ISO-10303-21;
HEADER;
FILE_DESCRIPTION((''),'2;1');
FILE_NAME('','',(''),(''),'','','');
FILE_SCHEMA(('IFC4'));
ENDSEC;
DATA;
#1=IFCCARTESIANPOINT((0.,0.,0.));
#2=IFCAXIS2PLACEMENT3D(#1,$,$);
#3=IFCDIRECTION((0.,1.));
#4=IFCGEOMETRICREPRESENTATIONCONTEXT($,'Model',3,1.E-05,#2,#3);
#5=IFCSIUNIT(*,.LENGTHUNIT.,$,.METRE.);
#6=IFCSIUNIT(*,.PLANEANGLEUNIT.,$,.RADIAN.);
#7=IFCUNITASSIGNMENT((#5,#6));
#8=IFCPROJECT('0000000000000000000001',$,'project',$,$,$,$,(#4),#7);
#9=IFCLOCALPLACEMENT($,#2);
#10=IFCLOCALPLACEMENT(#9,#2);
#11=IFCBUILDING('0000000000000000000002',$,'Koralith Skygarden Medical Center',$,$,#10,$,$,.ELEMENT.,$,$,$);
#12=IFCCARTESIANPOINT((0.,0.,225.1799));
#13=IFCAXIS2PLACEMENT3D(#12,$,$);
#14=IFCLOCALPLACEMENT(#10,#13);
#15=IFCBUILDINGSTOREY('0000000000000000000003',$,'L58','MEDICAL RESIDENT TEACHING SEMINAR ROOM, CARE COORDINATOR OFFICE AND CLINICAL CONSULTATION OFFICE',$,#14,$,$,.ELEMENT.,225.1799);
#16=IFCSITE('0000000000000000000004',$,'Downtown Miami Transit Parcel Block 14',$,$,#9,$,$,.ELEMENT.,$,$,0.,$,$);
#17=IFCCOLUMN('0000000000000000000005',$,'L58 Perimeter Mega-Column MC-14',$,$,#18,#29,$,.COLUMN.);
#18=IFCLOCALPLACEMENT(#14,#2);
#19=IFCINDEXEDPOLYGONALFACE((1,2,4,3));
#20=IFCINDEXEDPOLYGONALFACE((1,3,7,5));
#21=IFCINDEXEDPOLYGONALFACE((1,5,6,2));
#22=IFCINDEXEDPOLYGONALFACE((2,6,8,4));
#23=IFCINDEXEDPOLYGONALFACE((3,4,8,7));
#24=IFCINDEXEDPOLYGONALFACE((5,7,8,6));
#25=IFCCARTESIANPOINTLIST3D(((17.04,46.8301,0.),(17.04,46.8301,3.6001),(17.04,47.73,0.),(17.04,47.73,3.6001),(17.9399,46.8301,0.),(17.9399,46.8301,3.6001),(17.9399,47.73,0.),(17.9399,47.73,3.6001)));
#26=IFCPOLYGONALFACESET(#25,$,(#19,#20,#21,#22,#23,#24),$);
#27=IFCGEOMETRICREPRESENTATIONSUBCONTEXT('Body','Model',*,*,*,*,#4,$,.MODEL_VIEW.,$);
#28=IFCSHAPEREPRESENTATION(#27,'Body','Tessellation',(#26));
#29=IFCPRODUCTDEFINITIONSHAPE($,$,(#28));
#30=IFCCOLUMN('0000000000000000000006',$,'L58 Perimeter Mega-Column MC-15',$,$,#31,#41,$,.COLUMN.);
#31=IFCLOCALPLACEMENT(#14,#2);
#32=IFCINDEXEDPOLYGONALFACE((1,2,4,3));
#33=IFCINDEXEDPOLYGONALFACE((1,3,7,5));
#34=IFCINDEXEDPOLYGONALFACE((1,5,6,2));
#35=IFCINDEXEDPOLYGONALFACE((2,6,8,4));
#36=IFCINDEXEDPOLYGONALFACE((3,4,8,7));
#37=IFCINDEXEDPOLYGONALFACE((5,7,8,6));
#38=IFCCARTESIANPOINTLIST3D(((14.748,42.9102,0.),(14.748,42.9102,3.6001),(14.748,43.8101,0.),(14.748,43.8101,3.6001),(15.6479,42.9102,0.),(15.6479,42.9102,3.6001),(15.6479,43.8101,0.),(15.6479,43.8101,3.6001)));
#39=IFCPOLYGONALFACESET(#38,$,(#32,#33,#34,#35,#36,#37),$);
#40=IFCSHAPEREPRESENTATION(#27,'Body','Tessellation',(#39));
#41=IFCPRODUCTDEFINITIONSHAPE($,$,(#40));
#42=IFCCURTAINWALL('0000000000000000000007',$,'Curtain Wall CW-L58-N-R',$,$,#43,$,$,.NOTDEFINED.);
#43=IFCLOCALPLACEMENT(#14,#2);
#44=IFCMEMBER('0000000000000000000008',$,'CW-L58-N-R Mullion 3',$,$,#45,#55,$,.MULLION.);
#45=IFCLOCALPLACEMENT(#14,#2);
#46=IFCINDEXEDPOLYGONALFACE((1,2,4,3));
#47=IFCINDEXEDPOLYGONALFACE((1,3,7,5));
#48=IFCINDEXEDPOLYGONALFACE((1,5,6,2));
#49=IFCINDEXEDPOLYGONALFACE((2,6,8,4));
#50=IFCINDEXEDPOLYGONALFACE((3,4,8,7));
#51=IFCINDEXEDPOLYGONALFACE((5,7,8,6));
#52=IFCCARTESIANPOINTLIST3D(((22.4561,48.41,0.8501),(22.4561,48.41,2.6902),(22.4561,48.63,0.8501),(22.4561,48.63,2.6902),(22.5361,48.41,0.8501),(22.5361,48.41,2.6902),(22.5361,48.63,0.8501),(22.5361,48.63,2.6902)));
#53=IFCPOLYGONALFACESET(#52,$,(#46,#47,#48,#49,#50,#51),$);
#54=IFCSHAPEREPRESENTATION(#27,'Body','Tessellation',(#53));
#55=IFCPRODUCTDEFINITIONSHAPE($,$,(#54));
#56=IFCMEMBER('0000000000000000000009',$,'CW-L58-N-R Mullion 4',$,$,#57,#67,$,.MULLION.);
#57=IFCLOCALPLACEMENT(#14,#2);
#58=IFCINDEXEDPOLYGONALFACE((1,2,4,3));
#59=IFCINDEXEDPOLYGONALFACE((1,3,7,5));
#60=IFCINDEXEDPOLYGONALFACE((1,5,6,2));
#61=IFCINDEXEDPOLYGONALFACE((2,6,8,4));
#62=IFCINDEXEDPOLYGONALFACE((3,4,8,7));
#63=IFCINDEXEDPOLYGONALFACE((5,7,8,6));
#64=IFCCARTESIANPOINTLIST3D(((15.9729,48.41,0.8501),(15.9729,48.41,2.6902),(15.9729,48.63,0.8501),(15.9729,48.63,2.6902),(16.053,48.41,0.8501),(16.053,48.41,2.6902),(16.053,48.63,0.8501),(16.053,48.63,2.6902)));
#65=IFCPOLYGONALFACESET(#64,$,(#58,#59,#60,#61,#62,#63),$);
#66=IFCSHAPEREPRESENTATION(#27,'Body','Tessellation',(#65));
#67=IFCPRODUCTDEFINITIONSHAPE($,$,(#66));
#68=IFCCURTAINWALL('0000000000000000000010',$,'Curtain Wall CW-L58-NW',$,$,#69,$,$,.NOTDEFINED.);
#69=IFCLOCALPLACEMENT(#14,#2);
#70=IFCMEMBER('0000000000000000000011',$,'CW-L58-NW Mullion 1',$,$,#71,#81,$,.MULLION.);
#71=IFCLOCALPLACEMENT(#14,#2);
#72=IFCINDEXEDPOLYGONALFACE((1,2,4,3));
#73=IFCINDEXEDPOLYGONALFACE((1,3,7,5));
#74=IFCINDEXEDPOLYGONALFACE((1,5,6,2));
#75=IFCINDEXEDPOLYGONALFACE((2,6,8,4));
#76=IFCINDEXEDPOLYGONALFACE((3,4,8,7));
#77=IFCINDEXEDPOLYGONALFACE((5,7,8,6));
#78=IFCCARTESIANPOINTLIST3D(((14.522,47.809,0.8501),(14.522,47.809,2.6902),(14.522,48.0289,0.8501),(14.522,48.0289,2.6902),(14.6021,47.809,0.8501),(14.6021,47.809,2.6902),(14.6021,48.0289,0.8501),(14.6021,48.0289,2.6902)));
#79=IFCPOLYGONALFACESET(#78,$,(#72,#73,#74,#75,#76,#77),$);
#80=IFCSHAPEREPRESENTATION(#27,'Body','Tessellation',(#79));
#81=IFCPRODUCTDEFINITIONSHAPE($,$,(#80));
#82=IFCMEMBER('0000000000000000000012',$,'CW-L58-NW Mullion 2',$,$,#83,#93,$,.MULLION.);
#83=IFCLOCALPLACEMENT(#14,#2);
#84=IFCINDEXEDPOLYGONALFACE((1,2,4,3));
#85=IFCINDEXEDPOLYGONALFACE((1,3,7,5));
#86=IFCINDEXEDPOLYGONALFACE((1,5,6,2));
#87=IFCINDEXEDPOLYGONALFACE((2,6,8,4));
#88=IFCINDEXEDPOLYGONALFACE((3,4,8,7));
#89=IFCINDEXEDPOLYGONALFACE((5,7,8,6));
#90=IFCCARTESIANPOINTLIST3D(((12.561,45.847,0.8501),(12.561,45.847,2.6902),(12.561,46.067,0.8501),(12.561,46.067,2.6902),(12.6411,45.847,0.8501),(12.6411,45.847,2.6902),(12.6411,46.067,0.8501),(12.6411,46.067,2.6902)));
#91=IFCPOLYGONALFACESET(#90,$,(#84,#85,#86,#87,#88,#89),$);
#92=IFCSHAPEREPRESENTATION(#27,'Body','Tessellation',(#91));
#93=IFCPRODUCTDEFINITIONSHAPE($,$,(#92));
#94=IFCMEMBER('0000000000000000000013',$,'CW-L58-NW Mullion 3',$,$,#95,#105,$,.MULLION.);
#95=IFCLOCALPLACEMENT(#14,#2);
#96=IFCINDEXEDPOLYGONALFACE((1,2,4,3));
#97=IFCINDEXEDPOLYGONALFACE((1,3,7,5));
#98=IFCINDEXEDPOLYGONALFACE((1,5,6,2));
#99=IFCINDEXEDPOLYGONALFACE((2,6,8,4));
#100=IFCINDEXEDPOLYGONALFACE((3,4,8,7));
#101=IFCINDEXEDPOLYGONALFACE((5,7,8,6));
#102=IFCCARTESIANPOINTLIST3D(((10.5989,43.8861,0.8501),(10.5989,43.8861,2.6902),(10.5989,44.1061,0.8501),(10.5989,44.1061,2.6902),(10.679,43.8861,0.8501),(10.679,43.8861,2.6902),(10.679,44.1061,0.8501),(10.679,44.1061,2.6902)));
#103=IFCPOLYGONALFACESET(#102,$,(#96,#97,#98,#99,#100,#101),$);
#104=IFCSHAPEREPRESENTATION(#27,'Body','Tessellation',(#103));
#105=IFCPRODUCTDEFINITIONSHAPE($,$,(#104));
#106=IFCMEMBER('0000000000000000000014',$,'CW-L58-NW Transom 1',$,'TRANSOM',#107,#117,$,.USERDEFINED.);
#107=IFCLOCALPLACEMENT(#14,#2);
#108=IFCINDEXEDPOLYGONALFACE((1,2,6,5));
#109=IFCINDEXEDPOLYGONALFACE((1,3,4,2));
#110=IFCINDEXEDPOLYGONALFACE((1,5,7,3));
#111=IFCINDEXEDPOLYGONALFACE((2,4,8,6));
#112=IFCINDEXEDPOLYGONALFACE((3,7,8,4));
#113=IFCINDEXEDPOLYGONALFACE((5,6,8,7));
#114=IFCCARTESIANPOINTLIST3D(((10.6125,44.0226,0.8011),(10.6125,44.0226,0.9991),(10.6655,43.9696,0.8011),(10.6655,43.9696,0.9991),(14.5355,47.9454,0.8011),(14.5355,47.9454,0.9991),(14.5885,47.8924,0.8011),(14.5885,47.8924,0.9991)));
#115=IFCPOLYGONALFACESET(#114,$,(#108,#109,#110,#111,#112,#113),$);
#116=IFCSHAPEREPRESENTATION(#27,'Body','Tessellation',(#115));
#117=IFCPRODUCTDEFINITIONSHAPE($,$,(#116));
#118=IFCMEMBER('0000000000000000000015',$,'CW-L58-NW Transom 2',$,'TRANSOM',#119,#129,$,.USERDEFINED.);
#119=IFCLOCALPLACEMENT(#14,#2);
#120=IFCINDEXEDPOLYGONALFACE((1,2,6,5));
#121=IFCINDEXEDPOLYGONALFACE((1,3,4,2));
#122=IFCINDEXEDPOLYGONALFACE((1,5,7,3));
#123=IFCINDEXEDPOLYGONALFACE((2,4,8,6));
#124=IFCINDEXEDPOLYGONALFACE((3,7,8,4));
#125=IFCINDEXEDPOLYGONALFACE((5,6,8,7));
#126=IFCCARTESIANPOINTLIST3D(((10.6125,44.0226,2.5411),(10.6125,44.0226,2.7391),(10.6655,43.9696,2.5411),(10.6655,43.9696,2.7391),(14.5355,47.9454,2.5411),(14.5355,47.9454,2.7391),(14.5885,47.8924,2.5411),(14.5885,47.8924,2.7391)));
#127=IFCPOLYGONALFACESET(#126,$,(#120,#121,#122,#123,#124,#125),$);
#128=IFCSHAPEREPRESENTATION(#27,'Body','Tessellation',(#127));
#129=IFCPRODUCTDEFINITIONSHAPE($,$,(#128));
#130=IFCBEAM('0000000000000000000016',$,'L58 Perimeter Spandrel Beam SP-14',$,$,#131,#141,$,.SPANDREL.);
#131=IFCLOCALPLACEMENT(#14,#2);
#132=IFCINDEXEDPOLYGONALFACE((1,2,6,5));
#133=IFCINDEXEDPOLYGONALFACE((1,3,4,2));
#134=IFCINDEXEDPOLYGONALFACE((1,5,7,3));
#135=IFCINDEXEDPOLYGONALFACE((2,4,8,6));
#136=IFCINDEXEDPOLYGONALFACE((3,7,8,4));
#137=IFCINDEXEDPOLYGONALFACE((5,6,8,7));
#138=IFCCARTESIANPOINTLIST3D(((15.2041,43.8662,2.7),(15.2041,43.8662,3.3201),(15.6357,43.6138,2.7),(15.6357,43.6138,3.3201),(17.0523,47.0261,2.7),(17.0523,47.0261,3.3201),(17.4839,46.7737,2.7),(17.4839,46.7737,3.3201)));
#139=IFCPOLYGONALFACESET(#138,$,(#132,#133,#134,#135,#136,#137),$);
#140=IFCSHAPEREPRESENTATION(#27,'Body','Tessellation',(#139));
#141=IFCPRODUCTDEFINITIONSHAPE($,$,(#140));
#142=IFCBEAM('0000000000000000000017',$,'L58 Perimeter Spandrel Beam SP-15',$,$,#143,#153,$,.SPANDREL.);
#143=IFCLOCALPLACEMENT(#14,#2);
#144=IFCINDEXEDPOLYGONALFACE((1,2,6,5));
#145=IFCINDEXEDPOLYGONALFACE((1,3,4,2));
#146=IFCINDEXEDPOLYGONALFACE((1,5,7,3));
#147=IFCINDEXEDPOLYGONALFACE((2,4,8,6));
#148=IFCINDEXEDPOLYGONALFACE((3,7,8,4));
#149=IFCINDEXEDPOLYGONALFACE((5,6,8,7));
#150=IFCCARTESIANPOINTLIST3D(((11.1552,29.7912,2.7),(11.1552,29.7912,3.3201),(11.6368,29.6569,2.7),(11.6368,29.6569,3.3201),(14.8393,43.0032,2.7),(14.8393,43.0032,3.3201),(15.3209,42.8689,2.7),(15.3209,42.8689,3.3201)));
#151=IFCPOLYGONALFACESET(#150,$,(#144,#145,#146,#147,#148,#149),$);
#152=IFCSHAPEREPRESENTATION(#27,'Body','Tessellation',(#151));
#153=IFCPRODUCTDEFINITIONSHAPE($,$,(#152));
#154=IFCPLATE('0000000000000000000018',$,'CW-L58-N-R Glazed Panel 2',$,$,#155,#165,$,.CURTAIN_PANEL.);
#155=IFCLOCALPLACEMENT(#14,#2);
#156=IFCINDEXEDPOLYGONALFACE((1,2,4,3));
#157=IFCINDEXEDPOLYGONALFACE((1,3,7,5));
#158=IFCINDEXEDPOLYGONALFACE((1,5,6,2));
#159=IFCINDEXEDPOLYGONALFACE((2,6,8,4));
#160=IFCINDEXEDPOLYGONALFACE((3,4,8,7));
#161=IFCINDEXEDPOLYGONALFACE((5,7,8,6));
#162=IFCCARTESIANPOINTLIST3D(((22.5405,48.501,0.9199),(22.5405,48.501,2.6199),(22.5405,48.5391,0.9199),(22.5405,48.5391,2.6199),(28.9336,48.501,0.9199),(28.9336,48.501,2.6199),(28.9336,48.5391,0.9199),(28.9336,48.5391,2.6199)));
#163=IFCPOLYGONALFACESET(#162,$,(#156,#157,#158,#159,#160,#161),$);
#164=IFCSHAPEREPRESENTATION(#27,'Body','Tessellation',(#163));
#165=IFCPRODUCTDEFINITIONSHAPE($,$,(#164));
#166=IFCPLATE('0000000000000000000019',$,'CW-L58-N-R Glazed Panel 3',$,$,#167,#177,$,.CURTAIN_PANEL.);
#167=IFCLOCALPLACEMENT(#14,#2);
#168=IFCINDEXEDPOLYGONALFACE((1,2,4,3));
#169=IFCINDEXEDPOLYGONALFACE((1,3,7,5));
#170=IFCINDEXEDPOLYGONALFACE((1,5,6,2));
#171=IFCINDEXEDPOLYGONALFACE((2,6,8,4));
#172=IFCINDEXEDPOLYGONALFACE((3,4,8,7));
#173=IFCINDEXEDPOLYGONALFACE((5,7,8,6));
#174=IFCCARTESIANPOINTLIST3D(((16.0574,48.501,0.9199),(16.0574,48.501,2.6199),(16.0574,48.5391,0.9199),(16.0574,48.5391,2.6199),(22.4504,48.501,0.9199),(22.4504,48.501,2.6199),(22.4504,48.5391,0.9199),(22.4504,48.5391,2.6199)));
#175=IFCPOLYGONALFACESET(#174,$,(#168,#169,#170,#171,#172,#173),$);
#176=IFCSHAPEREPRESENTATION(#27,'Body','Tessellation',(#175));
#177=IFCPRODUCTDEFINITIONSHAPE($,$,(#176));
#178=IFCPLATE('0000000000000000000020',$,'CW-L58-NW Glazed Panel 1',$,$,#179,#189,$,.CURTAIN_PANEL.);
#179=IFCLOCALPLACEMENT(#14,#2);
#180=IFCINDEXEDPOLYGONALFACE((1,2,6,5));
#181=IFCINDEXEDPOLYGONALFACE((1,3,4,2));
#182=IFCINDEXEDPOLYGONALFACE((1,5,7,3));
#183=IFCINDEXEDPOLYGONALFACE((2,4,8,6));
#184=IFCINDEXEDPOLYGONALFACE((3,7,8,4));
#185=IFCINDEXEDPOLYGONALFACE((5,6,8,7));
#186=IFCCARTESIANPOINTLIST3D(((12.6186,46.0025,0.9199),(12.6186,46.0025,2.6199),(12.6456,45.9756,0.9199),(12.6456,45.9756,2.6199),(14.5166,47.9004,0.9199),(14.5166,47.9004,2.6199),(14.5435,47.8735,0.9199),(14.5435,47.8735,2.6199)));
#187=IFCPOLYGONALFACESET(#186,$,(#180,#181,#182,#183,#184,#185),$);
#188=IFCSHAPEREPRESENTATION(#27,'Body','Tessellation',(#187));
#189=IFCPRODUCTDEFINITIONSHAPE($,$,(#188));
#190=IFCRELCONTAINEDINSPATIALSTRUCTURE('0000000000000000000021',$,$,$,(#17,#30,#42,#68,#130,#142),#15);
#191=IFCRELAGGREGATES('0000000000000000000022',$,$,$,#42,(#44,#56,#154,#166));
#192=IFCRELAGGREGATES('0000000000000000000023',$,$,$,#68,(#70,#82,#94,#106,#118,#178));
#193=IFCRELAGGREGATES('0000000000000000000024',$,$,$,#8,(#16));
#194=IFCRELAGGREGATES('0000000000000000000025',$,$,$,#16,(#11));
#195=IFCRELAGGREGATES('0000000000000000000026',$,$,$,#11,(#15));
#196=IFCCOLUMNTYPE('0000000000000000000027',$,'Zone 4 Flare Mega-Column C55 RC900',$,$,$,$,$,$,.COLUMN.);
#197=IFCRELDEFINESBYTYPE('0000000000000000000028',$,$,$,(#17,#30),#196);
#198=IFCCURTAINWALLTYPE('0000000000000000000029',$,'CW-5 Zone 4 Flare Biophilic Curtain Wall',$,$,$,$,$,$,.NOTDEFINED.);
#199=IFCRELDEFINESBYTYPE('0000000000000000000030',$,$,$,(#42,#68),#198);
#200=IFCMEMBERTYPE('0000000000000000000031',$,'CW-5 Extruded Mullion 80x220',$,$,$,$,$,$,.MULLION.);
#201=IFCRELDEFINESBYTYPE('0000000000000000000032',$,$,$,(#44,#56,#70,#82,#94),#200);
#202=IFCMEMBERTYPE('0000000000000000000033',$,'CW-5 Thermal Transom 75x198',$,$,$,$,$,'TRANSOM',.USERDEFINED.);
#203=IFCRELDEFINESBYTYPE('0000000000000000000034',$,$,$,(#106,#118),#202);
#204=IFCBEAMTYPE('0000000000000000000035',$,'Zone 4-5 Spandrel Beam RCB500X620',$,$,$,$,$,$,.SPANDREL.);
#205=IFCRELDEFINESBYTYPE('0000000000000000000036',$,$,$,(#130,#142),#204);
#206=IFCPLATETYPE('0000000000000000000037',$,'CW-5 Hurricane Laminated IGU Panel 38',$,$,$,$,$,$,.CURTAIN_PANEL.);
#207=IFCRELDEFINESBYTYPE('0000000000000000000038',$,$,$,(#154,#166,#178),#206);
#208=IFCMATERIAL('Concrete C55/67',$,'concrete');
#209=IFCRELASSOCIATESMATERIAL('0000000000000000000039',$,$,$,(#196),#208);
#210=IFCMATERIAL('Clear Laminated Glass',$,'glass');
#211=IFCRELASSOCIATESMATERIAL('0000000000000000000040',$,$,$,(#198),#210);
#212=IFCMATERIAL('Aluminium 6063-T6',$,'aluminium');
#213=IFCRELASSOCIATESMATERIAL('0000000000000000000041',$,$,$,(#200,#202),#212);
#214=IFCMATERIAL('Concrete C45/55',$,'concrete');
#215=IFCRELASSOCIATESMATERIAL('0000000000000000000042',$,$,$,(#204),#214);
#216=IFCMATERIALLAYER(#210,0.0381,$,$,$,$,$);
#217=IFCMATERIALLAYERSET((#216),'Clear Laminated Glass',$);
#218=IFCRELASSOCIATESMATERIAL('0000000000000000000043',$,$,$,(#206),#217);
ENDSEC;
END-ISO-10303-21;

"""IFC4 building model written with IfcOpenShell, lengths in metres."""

from ifc_helpers import new_model, si_unit, direction, frame, origin, origin_2d, place, context, subcontext, project, spatial, rectangle, extrude, material, layer, layer_set, material_profile, profile_set, type_object, element, aggregate, save


model = new_model("IFC4")

# Units and contexts
model_context = context("Model", 3, precision=1e-05, world=origin(), true_north=direction((0.0, 1.0)))
body_context = subcontext(model_context, "Body", "Model", "MODEL_VIEW")
ifc_project = project(units=[si_unit("LENGTHUNIT", "METRE"), si_unit("PLANEANGLEUNIT", "RADIAN")], contexts=[model_context])

# Site, building, storey
site_placement = place(None, origin())
site = spatial("IfcSite", under=ifc_project, at=site_placement, Name="Downtown Miami Transit Parcel Block 14", CompositionType="ELEMENT", RefElevation=0.0)
building_placement = place(site_placement, origin())
building = spatial("IfcBuilding", under=site, at=building_placement, Name="Koralith Skygarden Medical Center", CompositionType="ELEMENT")
storey_placement = place(building_placement, frame((0.0, 0.0, 225.1799)))
storey = spatial("IfcBuildingStorey", under=building, at=storey_placement, Name="L58", Description="MEDICAL RESIDENT TEACHING SEMINAR ROOM, CARE COORDINATOR OFFICE AND CLINICAL CONSULTATION OFFICE", CompositionType="ELEMENT", Elevation=225.1799)

# Columns
ifc_material_1 = material(Name="Concrete C55/67", Category="concrete")
ifc_material_profile_1 = material_profile(ifc_material_1, rectangle(XDim=0.8999, YDim=0.8999, at=origin_2d()), Name="RC900X900")
ifc_profile_set_1 = profile_set([ifc_material_profile_1], Name="Concrete C55/67")
column_type = type_object("IfcColumnType", Name="Zone 4 Flare Mega-Column C55 RC900", PredefinedType="COLUMN", material=ifc_profile_set_1)
for number, where, z_axis, x_axis, name in (
    (1, (17.49, 47.28, 0.0), (0.0, 0.0, 1.0), (1.0, 0.0, 0.0), "L58 Perimeter Mega-Column MC-14"),
    (2, (15.198, 43.3601, 0.0), (0.0, 0.0, 1.0), (1.0, 0.0, 0.0), "L58 Perimeter Mega-Column MC-15"),
):
    element("IfcColumn", number, at=place(storey_placement, frame(where, z_axis=z_axis, x_axis=x_axis)), inside=storey, type_object=column_type, Name=name, PredefinedType="COLUMN", context=body_context, shape_type="SweptSolid", body=[
        extrude(rectangle(XDim=0.8999, YDim=0.8999, at=origin_2d()), origin(), (0.0, 0.0, 1.0), 3.6001),
    ])

# Curtain walls, members
ifc_material_2 = material(Name="Clear Laminated Glass", Category="glass")
curtain_wall_type = type_object("IfcCurtainWallType", Name="CW-5 Zone 4 Flare Biophilic Curtain Wall", PredefinedType="NOTDEFINED", material=ifc_material_2)
curtain_wall_1_placement = place(storey_placement, origin())
curtain_wall_1 = element("IfcCurtainWall", 3, at=curtain_wall_1_placement, inside=storey, type_object=curtain_wall_type, Name="Curtain Wall CW-L58-N-R", PredefinedType="NOTDEFINED")
ifc_material_3 = material(Name="Aluminium 6063-T6", Category="aluminium")
ifc_material_profile_2 = material_profile(ifc_material_3, rectangle(XDim=0.0801, YDim=0.22, at=origin_2d()), Name="MUL80X220")
ifc_profile_set_2 = profile_set([ifc_material_profile_2], Name="Aluminium 6063-T6")
member_type_1 = type_object("IfcMemberType", Name="CW-5 Extruded Mullion 80x220", PredefinedType="MULLION", material=ifc_profile_set_2)
member_1_placement = place(storey_placement, frame((22.4961, 48.52, 0.8501), z_axis=(0.0, 0.0, 1.0), x_axis=(1.0, 0.0, 0.0)))
member_1 = element("IfcMember", 4, at=member_1_placement, type_object=member_type_1, Name="CW-L58-N-R Mullion 3", PredefinedType="MULLION", context=body_context, shape_type="SweptSolid", body=[
    extrude(rectangle(XDim=0.0801, YDim=0.22, at=origin_2d()), origin(), (0.0, 0.0, 1.0), 1.8401),
])
member_2_placement = place(storey_placement, frame((16.0129, 48.52, 0.8501), z_axis=(0.0, 0.0, 1.0), x_axis=(1.0, 0.0, 0.0)))
member_2 = element("IfcMember", 5, at=member_2_placement, type_object=member_type_1, Name="CW-L58-N-R Mullion 4", PredefinedType="MULLION", context=body_context, shape_type="SweptSolid", body=[
    extrude(rectangle(XDim=0.0801, YDim=0.22, at=origin_2d()), origin(), (0.0, 0.0, 1.0), 1.8401),
])
curtain_wall_2_placement = place(storey_placement, origin())
curtain_wall_2 = element("IfcCurtainWall", 6, at=curtain_wall_2_placement, inside=storey, type_object=curtain_wall_type, Name="Curtain Wall CW-L58-NW", PredefinedType="NOTDEFINED")
member_3_placement = place(storey_placement, frame((14.562, 47.9189, 0.8501), z_axis=(0.0, 0.0, 1.0), x_axis=(1.0, 0.0, 0.0)))
member_3 = element("IfcMember", 7, at=member_3_placement, type_object=member_type_1, Name="CW-L58-NW Mullion 1", PredefinedType="MULLION", context=body_context, shape_type="SweptSolid", body=[
    extrude(rectangle(XDim=0.0801, YDim=0.22, at=origin_2d()), origin(), (0.0, 0.0, 1.0), 1.8401),
])
member_4_placement = place(storey_placement, frame((12.6011, 45.957, 0.8501), z_axis=(0.0, 0.0, 1.0), x_axis=(1.0, 0.0, 0.0)))
member_4 = element("IfcMember", 8, at=member_4_placement, type_object=member_type_1, Name="CW-L58-NW Mullion 2", PredefinedType="MULLION", context=body_context, shape_type="SweptSolid", body=[
    extrude(rectangle(XDim=0.0801, YDim=0.22, at=origin_2d()), origin(), (0.0, 0.0, 1.0), 1.8401),
])
member_5_placement = place(storey_placement, frame((10.6389, 43.9961, 0.8501), z_axis=(0.0, 0.0, 1.0), x_axis=(1.0, 0.0, 0.0)))
member_5 = element("IfcMember", 9, at=member_5_placement, type_object=member_type_1, Name="CW-L58-NW Mullion 3", PredefinedType="MULLION", context=body_context, shape_type="SweptSolid", body=[
    extrude(rectangle(XDim=0.0801, YDim=0.22, at=origin_2d()), origin(), (0.0, 0.0, 1.0), 1.8401),
])
ifc_material_profile_3 = material_profile(ifc_material_3, rectangle(XDim=0.075, YDim=0.198, at=origin_2d()), Name="TRN75X198")
ifc_profile_set_3 = profile_set([ifc_material_profile_3], Name="Aluminium 6063-T6")
member_type_2 = type_object("IfcMemberType", Name="CW-5 Thermal Transom 75x198", ElementType="TRANSOM", PredefinedType="USERDEFINED", material=ifc_profile_set_3)
member_6_placement = place(storey_placement, frame((14.562, 47.9189, 0.9001), z_axis=(-0.707129, -0.707085, 0.0), x_axis=(0.707085, -0.707129, 0.0)))
member_6 = element("IfcMember", 10, at=member_6_placement, type_object=member_type_2, Name="CW-L58-NW Transom 1", ObjectType="TRANSOM", PredefinedType="USERDEFINED", context=body_context, shape_type="SweptSolid", body=[
    extrude(rectangle(XDim=0.075, YDim=0.198, at=origin_2d()), origin(), (0.0, 0.0, 1.0), 5.5479),
])
member_7_placement = place(storey_placement, frame((14.562, 47.9189, 2.6401), z_axis=(-0.707129, -0.707085, 0.0), x_axis=(0.707085, -0.707129, 0.0)))
member_7 = element("IfcMember", 11, at=member_7_placement, type_object=member_type_2, Name="CW-L58-NW Transom 2", ObjectType="TRANSOM", PredefinedType="USERDEFINED", context=body_context, shape_type="SweptSolid", body=[
    extrude(rectangle(XDim=0.075, YDim=0.198, at=origin_2d()), origin(), (0.0, 0.0, 1.0), 5.5479),
])

# Beams
ifc_material_4 = material(Name="Concrete C45/55", Category="concrete")
ifc_material_profile_4 = material_profile(ifc_material_4, rectangle(XDim=0.5, YDim=0.6201, at=origin_2d()), Name="RCB500X620")
ifc_profile_set_4 = profile_set([ifc_material_profile_4], Name="Concrete C45/55")
beam_type = type_object("IfcBeamType", Name="Zone 4-5 Spandrel Beam RCB500X620", PredefinedType="SPANDREL", material=ifc_profile_set_4)
beam_1_placement = place(storey_placement, frame((17.2681, 46.8999, 3.01), z_axis=(-0.504862, -0.8632, 0.0), x_axis=(0.8632, -0.504862, 0.0)))
element("IfcBeam", 12, at=beam_1_placement, inside=storey, type_object=beam_type, Name="L58 Perimeter Spandrel Beam SP-14", PredefinedType="SPANDREL", context=body_context, shape_type="SweptSolid", body=[
    extrude(rectangle(XDim=0.5, YDim=0.6201, at=origin_2d()), origin(), (0.0, 0.0, 1.0), 3.6606),
])
beam_2_placement = place(storey_placement, frame((15.0801, 42.936, 3.01), z_axis=(-0.268598, -0.963252, 0.0), x_axis=(0.963252, -0.268598, 0.0)))
element("IfcBeam", 13, at=beam_2_placement, inside=storey, type_object=beam_type, Name="L58 Perimeter Spandrel Beam SP-15", PredefinedType="SPANDREL", context=body_context, shape_type="SweptSolid", body=[
    extrude(rectangle(XDim=0.5, YDim=0.6201, at=origin_2d()), origin(), (0.0, 0.0, 1.0), 13.7161),
])

# Plates
ifc_layer_1 = layer(ifc_material_2, 0.0381)
ifc_layer_set_1 = layer_set([ifc_layer_1], Name="Clear Laminated Glass")
plate_type_1 = type_object("IfcPlateType", Name="CW-5 Hurricane Laminated IGU Panel 38", PredefinedType="CURTAIN_PANEL", material=ifc_layer_set_1)
plate_1_placement = place(storey_placement, frame((25.7371, 48.52, 0.9199), z_axis=(0.0, 0.0, 1.0), x_axis=(-1.0, 0.0, 0.0)))
plate_1 = element("IfcPlate", 14, at=plate_1_placement, type_object=plate_type_1, Name="CW-L58-N-R Glazed Panel 2", PredefinedType="CURTAIN_PANEL", context=body_context, shape_type="SweptSolid", body=[
    extrude(rectangle(XDim=6.3931, YDim=0.0381, at=origin_2d()), origin(), (0.0, 0.0, 1.0), 1.7),
])
plate_2_placement = place(storey_placement, frame((19.2539, 48.52, 0.9199), z_axis=(0.0, 0.0, 1.0), x_axis=(-1.0, 0.0, 0.0)))
plate_2 = element("IfcPlate", 15, at=plate_2_placement, type_object=plate_type_1, Name="CW-L58-N-R Glazed Panel 3", PredefinedType="CURTAIN_PANEL", context=body_context, shape_type="SweptSolid", body=[
    extrude(rectangle(XDim=6.3931, YDim=0.0381, at=origin_2d()), origin(), (0.0, 0.0, 1.0), 1.7),
])
aggregate(curtain_wall_1, [member_1, member_2, plate_1, plate_2])
plate_3_placement = place(storey_placement, frame((13.5811, 46.938, 0.9199), z_axis=(0.0, 0.0, 1.0), x_axis=(-0.707107, -0.707107, 0.0)))
plate_3 = element("IfcPlate", 16, at=plate_3_placement, type_object=plate_type_1, Name="CW-L58-NW Glazed Panel 1", PredefinedType="CURTAIN_PANEL", context=body_context, shape_type="SweptSolid", body=[
    extrude(rectangle(XDim=2.6841, YDim=0.0381, at=origin_2d()), origin(), (0.0, 0.0, 1.0), 1.7),
])
aggregate(curtain_wall_2, [member_3, member_4, member_5, member_6, member_7, plate_3])

save(model, "model.ifc")
